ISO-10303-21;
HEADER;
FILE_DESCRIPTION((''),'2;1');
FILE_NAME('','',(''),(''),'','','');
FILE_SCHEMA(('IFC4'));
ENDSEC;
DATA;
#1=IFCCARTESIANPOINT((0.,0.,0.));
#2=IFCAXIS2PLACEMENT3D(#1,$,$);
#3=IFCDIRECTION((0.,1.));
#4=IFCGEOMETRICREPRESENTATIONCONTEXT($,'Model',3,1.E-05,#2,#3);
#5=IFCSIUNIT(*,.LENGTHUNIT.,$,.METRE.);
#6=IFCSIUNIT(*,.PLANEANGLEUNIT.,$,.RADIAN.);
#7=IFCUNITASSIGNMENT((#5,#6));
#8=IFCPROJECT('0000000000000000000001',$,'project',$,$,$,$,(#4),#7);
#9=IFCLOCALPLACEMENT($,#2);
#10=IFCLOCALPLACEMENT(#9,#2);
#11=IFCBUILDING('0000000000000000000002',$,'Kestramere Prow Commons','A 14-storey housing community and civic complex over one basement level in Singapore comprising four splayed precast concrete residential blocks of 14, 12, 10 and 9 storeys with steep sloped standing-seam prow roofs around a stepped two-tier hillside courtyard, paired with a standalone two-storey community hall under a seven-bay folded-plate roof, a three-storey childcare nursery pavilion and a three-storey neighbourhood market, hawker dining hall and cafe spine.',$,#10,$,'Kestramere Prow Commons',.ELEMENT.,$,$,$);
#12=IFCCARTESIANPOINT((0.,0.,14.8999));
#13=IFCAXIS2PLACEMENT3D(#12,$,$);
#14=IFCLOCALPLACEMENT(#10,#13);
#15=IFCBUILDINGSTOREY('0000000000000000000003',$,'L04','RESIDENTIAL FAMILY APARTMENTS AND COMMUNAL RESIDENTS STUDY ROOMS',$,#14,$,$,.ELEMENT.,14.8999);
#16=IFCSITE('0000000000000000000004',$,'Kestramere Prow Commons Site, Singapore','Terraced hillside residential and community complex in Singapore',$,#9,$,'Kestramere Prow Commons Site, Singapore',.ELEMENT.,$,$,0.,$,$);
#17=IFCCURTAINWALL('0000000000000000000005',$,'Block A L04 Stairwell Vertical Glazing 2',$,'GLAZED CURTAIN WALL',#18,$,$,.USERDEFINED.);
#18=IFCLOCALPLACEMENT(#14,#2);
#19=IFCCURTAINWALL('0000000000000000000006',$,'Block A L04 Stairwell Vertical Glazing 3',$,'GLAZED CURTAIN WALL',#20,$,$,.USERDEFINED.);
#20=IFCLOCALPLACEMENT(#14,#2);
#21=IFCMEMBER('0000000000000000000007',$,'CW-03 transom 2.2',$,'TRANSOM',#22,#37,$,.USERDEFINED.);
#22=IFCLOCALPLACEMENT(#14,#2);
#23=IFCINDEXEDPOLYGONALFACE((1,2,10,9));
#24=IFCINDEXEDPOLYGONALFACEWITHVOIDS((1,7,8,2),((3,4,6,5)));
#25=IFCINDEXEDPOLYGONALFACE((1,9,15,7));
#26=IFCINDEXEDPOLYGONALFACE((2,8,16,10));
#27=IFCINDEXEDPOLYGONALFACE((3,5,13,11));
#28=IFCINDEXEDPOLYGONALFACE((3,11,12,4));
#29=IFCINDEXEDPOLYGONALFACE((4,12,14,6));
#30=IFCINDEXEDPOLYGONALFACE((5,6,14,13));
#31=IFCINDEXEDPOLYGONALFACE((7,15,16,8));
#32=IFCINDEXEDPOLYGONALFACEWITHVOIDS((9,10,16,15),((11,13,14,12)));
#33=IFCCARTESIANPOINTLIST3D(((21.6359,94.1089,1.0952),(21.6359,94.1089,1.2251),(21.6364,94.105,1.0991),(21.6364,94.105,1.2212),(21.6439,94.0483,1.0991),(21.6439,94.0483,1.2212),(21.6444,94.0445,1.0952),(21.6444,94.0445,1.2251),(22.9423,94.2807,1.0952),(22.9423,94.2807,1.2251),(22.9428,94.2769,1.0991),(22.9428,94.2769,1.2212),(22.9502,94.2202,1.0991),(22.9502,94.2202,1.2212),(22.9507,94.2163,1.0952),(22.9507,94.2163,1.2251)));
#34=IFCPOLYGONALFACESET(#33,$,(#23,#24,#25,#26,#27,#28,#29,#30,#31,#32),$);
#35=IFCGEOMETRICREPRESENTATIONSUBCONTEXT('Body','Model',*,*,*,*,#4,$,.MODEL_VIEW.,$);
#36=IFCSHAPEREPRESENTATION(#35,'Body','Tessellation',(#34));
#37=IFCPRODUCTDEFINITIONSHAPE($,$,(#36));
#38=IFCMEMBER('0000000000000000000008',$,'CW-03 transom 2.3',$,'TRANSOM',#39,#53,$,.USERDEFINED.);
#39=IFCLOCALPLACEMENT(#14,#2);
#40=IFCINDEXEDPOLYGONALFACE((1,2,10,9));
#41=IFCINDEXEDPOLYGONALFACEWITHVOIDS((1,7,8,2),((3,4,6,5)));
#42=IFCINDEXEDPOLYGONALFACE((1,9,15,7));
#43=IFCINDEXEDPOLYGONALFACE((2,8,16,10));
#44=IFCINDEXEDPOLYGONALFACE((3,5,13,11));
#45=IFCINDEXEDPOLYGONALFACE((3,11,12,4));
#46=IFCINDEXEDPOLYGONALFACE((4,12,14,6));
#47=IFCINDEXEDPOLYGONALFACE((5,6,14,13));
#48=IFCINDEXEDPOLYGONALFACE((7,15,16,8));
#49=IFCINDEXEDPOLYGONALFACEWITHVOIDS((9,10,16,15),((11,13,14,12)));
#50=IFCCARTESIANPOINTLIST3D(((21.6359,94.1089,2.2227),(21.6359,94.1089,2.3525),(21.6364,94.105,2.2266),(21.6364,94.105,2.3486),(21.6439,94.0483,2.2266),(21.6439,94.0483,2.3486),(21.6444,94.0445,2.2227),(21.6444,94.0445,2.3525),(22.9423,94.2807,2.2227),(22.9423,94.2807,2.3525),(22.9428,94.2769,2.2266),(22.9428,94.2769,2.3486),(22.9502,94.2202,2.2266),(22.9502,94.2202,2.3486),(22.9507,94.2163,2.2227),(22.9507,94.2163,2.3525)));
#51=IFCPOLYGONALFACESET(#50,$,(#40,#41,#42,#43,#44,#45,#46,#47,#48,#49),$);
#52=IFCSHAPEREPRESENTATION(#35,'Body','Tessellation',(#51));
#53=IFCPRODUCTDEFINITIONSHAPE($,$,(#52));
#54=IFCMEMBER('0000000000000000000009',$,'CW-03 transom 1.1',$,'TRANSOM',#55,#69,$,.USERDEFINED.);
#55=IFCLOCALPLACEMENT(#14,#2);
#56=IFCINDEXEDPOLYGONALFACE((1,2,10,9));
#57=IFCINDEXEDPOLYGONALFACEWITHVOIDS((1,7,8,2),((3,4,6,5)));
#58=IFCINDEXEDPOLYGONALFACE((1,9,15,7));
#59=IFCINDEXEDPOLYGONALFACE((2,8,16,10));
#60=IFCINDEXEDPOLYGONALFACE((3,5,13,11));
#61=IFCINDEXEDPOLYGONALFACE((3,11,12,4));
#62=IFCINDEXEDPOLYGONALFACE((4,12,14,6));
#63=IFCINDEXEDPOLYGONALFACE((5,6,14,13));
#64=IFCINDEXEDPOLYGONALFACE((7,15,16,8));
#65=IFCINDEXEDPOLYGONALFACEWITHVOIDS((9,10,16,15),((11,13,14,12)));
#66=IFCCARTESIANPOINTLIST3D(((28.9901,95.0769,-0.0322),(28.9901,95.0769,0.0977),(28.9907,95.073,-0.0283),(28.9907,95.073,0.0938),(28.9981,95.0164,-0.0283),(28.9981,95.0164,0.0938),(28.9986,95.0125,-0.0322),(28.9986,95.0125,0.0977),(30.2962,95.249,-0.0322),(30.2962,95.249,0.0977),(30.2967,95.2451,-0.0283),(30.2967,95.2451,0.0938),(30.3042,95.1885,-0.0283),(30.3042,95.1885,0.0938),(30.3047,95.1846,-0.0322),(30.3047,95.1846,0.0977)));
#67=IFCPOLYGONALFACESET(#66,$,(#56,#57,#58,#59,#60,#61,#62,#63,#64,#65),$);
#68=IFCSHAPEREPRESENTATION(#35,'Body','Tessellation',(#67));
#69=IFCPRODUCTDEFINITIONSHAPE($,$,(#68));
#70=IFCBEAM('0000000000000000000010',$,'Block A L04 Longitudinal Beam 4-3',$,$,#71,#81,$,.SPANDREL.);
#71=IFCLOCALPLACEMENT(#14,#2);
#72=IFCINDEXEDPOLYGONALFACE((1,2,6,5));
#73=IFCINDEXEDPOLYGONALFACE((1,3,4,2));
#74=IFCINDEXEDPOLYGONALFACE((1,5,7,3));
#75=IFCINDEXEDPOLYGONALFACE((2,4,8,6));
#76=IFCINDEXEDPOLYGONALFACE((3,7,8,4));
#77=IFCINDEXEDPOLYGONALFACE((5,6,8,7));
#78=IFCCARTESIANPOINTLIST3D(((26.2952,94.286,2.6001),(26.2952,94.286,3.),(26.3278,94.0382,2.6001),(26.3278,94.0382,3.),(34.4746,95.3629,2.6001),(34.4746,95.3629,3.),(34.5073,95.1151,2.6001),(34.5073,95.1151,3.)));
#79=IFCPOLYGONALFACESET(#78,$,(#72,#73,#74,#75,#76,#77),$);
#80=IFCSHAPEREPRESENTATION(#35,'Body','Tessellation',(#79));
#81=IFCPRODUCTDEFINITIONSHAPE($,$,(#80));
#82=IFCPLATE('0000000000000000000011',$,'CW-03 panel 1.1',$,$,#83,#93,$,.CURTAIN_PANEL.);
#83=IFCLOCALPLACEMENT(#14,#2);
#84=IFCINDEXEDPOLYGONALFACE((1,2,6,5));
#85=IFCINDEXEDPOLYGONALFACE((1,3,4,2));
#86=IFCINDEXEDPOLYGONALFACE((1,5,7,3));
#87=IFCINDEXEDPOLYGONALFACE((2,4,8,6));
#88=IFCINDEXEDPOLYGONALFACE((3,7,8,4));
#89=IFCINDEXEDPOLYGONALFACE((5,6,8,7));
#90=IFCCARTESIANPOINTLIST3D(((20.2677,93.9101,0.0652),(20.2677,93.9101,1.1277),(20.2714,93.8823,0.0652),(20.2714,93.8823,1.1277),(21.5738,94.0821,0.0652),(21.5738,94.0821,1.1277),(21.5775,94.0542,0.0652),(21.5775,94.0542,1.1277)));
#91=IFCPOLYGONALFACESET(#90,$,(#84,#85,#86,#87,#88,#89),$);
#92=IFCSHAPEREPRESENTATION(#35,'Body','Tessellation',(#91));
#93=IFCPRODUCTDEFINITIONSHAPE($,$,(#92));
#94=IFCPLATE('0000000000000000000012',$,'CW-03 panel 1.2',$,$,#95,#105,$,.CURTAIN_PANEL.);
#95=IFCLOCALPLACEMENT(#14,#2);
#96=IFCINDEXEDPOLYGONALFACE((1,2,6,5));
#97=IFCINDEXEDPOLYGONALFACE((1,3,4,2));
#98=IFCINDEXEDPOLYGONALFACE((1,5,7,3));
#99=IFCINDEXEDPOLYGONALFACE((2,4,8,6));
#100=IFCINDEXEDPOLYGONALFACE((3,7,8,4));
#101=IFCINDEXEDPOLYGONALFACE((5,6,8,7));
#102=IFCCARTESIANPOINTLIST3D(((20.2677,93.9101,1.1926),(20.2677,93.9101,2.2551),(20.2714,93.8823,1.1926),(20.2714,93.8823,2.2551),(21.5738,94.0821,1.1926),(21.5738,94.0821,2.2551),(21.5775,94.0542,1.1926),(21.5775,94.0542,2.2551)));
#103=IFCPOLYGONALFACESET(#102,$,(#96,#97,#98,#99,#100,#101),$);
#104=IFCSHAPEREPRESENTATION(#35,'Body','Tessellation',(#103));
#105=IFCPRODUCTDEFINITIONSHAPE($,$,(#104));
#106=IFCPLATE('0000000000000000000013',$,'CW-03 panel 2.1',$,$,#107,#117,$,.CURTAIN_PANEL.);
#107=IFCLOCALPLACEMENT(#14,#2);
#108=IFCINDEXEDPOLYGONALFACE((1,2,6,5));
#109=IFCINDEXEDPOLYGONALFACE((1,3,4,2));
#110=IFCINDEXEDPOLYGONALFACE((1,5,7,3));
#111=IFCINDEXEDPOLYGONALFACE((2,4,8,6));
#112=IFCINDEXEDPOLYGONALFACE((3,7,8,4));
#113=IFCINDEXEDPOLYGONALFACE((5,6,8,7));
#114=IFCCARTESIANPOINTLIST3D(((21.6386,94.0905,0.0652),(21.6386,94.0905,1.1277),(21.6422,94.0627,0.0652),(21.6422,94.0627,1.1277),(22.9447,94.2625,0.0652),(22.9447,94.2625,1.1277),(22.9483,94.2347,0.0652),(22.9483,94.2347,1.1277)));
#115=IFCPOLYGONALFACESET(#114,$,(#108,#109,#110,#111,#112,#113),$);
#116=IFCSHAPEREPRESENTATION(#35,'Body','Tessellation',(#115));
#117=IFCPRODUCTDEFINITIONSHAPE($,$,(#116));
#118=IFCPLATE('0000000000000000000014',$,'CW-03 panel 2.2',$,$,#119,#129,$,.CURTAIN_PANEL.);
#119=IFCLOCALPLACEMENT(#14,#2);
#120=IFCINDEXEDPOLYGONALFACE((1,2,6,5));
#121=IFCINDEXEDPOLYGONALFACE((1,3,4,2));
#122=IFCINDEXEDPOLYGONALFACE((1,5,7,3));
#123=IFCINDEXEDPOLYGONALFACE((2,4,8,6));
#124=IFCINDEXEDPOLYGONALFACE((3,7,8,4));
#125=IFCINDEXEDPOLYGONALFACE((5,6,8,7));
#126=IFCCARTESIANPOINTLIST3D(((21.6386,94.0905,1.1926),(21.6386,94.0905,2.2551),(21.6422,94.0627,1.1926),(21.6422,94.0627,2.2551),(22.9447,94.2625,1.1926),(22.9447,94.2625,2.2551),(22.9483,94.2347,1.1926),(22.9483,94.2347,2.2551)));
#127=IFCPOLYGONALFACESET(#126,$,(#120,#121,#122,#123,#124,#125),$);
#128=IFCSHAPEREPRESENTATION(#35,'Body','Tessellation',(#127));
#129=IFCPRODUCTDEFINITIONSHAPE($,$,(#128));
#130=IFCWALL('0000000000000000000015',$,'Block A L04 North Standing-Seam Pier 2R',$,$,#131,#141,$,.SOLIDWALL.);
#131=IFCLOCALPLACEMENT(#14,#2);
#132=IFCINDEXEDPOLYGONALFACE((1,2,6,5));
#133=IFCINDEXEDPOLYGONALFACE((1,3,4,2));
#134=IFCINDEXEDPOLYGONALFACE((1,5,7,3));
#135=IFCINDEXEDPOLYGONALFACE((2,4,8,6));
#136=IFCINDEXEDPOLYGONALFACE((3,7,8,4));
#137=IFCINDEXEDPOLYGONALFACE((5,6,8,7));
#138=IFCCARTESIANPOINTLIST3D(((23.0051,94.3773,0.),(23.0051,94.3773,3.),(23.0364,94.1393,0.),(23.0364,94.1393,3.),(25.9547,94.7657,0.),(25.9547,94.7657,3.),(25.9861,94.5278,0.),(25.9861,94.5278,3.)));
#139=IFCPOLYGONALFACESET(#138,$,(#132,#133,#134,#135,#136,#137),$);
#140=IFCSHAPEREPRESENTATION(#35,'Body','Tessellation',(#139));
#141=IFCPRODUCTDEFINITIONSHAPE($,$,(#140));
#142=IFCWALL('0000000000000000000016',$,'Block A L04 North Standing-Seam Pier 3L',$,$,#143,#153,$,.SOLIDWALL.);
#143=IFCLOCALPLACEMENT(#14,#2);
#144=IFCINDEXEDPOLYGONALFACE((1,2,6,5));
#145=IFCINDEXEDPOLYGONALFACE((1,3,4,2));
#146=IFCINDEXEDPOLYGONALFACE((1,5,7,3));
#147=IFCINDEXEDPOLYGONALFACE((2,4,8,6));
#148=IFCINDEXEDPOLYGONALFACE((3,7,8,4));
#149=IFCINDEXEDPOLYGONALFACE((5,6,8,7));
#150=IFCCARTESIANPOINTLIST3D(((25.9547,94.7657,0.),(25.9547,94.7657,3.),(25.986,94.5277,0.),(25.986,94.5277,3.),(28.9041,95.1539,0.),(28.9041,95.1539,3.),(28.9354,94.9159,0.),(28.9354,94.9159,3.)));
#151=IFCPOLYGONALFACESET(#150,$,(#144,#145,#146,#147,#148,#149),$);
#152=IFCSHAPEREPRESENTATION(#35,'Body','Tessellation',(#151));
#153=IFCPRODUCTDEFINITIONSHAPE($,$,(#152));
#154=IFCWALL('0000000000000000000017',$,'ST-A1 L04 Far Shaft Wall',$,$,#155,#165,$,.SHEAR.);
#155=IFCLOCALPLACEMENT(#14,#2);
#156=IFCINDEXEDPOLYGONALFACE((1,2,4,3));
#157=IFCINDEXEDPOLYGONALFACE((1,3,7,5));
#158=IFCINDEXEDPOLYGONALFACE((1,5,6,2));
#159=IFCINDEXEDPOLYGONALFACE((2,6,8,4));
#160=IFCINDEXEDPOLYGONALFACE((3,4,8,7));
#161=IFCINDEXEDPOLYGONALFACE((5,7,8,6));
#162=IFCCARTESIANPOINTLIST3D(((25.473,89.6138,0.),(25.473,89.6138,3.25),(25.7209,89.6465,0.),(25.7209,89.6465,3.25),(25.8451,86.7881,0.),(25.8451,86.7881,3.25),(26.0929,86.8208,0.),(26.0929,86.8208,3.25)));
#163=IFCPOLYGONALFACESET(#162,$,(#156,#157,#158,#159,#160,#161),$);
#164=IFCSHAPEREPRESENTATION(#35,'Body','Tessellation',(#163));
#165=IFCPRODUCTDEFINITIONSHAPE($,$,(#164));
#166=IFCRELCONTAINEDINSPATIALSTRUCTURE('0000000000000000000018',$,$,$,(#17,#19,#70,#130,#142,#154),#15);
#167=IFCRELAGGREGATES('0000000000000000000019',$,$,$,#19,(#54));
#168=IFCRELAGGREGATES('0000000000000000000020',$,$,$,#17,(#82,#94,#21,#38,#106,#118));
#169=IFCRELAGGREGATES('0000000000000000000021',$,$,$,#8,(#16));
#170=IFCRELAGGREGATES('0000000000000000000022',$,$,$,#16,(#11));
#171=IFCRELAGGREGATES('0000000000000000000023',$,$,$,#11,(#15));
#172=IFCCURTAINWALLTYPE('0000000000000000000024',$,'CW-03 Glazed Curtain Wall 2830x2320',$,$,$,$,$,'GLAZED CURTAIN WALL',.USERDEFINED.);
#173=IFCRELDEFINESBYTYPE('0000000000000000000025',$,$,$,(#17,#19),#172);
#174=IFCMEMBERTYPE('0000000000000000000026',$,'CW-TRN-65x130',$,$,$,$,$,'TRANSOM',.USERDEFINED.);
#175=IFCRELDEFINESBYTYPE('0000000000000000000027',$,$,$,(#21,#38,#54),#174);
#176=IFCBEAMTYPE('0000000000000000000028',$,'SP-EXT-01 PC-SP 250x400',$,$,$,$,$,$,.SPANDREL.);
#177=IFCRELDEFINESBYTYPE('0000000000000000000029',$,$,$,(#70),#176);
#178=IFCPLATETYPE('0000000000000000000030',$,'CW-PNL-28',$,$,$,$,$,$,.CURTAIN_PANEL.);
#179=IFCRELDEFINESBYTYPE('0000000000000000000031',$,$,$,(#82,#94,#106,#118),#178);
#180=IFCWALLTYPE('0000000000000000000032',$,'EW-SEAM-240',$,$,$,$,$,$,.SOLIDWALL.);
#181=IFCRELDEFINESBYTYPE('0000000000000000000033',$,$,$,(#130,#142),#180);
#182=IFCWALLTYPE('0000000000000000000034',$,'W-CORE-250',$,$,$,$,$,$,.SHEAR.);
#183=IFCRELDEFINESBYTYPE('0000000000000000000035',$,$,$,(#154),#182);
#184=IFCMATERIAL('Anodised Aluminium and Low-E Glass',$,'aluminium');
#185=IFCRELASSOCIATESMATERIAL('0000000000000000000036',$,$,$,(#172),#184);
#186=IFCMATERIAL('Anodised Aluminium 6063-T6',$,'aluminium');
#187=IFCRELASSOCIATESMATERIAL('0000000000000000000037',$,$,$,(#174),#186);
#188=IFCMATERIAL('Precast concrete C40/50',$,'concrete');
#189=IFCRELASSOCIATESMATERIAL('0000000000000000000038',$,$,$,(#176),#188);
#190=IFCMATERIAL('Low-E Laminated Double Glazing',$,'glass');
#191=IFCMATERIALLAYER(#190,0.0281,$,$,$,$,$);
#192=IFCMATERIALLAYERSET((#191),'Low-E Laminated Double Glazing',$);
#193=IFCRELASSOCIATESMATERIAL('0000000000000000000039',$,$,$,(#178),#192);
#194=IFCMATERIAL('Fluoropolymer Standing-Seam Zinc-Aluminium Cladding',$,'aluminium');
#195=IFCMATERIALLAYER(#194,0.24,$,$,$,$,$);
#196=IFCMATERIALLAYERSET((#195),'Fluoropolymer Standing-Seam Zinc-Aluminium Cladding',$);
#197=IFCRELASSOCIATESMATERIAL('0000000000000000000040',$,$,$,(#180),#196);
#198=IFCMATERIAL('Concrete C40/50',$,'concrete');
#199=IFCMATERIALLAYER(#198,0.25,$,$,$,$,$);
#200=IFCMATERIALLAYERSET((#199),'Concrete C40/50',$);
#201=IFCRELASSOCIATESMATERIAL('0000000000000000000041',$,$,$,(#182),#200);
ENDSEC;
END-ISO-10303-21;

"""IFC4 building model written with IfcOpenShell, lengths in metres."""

from ifc_helpers import new_model, si_unit, direction, frame, frame_2d, origin, origin_2d, place, context, subcontext, project, spatial, rectangle, hollow_rectangle, extrude, material, layer, layer_set, material_profile, profile_set, type_object, element, aggregate, save


model = new_model("IFC4")

# Units and contexts
model_context = context("Model", 3, precision=1e-05, world=origin(), true_north=direction((0.0, 1.0)))
body_context = subcontext(model_context, "Body", "Model", "MODEL_VIEW")
ifc_project = project(units=[si_unit("LENGTHUNIT", "METRE"), si_unit("PLANEANGLEUNIT", "RADIAN")], contexts=[model_context])

# Site, building, storey
site_placement = place(None, origin())
site = spatial("IfcSite", under=ifc_project, at=site_placement, Name="Kestramere Prow Commons Site, Singapore", Description="Terraced hillside residential and community complex in Singapore", LongName="Kestramere Prow Commons Site, Singapore", CompositionType="ELEMENT", RefElevation=0.0)
building_placement = place(site_placement, origin())
building = spatial("IfcBuilding", under=site, at=building_placement, Name="Kestramere Prow Commons", Description="A 14-storey housing community and civic complex over one basement level in Singapore comprising four splayed precast concrete residential blocks of 14, 12, 10 and 9 storeys with steep sloped standing-seam prow roofs around a stepped two-tier hillside courtyard, paired with a standalone two-storey community hall under a seven-bay folded-plate roof, a three-storey childcare nursery pavilion and a three-storey neighbourhood market, hawker dining hall and cafe spine.", LongName="Kestramere Prow Commons", CompositionType="ELEMENT")
storey_placement = place(building_placement, frame((0.0, 0.0, 14.8999)))
storey = spatial("IfcBuildingStorey", under=building, at=storey_placement, Name="L04", Description="RESIDENTIAL FAMILY APARTMENTS AND COMMUNAL RESIDENTS STUDY ROOMS", CompositionType="ELEMENT", Elevation=14.8999)

# Shared definitions
ifc_material_1 = material(Name="Precast concrete C40/50", Category="concrete")

# Shared definitions
ifc_material_2 = material(Name="Concrete C40/50", Category="concrete")

# Curtain wall
ifc_material_3 = material(Name="Anodised Aluminium and Low-E Glass", Category="aluminium")
curtain_wall_type = type_object("IfcCurtainWallType", Name="CW-03 Glazed Curtain Wall 2830x2320", ElementType="GLAZED CURTAIN WALL", PredefinedType="USERDEFINED", material=ifc_material_3)
curtain_wall_1_placement = place(storey_placement, origin())
curtain_wall_1 = element("IfcCurtainWall", 1, at=curtain_wall_1_placement, inside=storey, type_object=curtain_wall_type, Name="Block A L04 Stairwell Vertical Glazing 2", ObjectType="GLAZED CURTAIN WALL", PredefinedType="USERDEFINED")
ifc_material_4 = material(Name="Anodised Aluminium 6063-T6", Category="aluminium")

# Curtain wall
curtain_wall_2_placement = place(storey_placement, origin())
curtain_wall_2 = element("IfcCurtainWall", 2, at=curtain_wall_2_placement, inside=storey, type_object=curtain_wall_type, Name="Block A L04 Stairwell Vertical Glazing 3", ObjectType="GLAZED CURTAIN WALL", PredefinedType="USERDEFINED")

# Members
ifc_material_profile_1 = material_profile(ifc_material_4, hollow_rectangle(XDim=0.0649, YDim=0.1299, WallThickness=0.0039, at=origin_2d()), Name="ALU-TRN 65x130")
ifc_profile_set_1 = profile_set([ifc_material_profile_1], Name="Anodised Aluminium 6063-T6")
member_type_1 = type_object("IfcMemberType", Name="CW-TRN-65x130", ElementType="TRANSOM", PredefinedType="USERDEFINED", material=ifc_profile_set_1)
member_1_placement = place(storey_placement, frame((21.6401, 94.0767, 1.1602), z_axis=(0.991456, 0.13044, 0.0), x_axis=(-0.13044, 0.991456, 0.0)))
member_1 = element("IfcMember", 3, at=member_1_placement, type_object=member_type_1, Name="CW-03 transom 2.2", ObjectType="TRANSOM", PredefinedType="USERDEFINED", context=body_context, shape_type="SweptSolid", body=[
    extrude(hollow_rectangle(XDim=0.0649, YDim=0.1299, WallThickness=0.0039, at=origin_2d()), origin(), (0.0, 0.0, 1.0), 1.3176),
])
member_2_placement = place(storey_placement, frame((21.6401, 94.0767, 2.2876), z_axis=(0.991456, 0.13044, 0.0), x_axis=(-0.13044, 0.991456, 0.0)))
member_2 = element("IfcMember", 4, at=member_2_placement, type_object=member_type_1, Name="CW-03 transom 2.3", ObjectType="TRANSOM", PredefinedType="USERDEFINED", context=body_context, shape_type="SweptSolid", body=[
    extrude(hollow_rectangle(XDim=0.0649, YDim=0.1299, WallThickness=0.0039, at=origin_2d()), origin(), (0.0, 0.0, 1.0), 1.3176),
])
member_3_placement = place(storey_placement, frame((28.9944, 95.0447, 0.0327), z_axis=(0.991429, 0.130646, 0.0), x_axis=(-0.130646, 0.991429, 0.0)))
member_3 = element("IfcMember", 5, at=member_3_placement, type_object=member_type_1, Name="CW-03 transom 1.1", ObjectType="TRANSOM", PredefinedType="USERDEFINED", context=body_context, shape_type="SweptSolid", body=[
    extrude(hollow_rectangle(XDim=0.0649, YDim=0.1299, WallThickness=0.0039, at=origin_2d()), origin(), (0.0, 0.0, 1.0), 1.3174),
])
aggregate(curtain_wall_2, [member_3])

# Beam
ifc_material_profile_2 = material_profile(ifc_material_1, rectangle(XDim=0.25, YDim=0.3999, at=origin_2d()), Name="PC-SP 250x400")
ifc_profile_set_2 = profile_set([ifc_material_profile_2], Name="Precast concrete C40/50")
beam_type_1 = type_object("IfcBeamType", Name="SP-EXT-01 PC-SP 250x400", PredefinedType="SPANDREL", material=ifc_profile_set_2)
beam_1_placement = place(storey_placement, frame((26.3115, 94.1621, 2.8), z_axis=(0.991444, 0.130533, 0.0), x_axis=(-0.130533, 0.991444, 0.0)))
element("IfcBeam", 6, at=beam_1_placement, inside=storey, type_object=beam_type_1, Name="Block A L04 Longitudinal Beam 4-3", PredefinedType="SPANDREL", context=body_context, shape_type="SweptSolid", body=[
    extrude(rectangle(XDim=0.25, YDim=0.3999, at=origin_2d()), origin(), (0.0, 0.0, 1.0), 8.25),
])

# Plates
ifc_material_5 = material(Name="Low-E Laminated Double Glazing", Category="glass")
ifc_layer_1 = layer(ifc_material_5, 0.0281)
ifc_layer_set_1 = layer_set([ifc_layer_1], Name="Low-E Laminated Double Glazing")
plate_type = type_object("IfcPlateType", Name="CW-PNL-28", PredefinedType="CURTAIN_PANEL", material=ifc_layer_set_1)
plate_1_placement = place(storey_placement, frame((20.9226, 93.9822, 0.0652), z_axis=(0.0, 0.0, 1.0), x_axis=(0.991445, 0.130526, 0.0)))
plate_1 = element("IfcPlate", 7, at=plate_1_placement, type_object=plate_type, Name="CW-03 panel 1.1", PredefinedType="CURTAIN_PANEL", context=body_context, shape_type="SweptSolid", body=[
    extrude(rectangle(XDim=1.3174, YDim=0.0281, at=origin_2d()), origin(), (0.0, 0.0, 1.0), 1.0625),
])
plate_2_placement = place(storey_placement, frame((20.9226, 93.9822, 1.1926), z_axis=(0.0, 0.0, 1.0), x_axis=(0.991445, 0.130526, 0.0)))
plate_2 = element("IfcPlate", 8, at=plate_2_placement, type_object=plate_type, Name="CW-03 panel 1.2", PredefinedType="CURTAIN_PANEL", context=body_context, shape_type="SweptSolid", body=[
    extrude(rectangle(XDim=1.3174, YDim=0.0281, at=origin_2d()), origin(), (0.0, 0.0, 1.0), 1.0625),
])
plate_3_placement = place(storey_placement, frame((22.2935, 94.1626, 0.0652), z_axis=(0.0, 0.0, 1.0), x_axis=(0.991445, 0.130526, 0.0)))
plate_3 = element("IfcPlate", 9, at=plate_3_placement, type_object=plate_type, Name="CW-03 panel 2.1", PredefinedType="CURTAIN_PANEL", context=body_context, shape_type="SweptSolid", body=[
    extrude(rectangle(XDim=1.3174, YDim=0.0281, at=origin_2d()), origin(), (0.0, 0.0, 1.0), 1.0625),
])
plate_4_placement = place(storey_placement, frame((22.2935, 94.1626, 1.1926), z_axis=(0.0, 0.0, 1.0), x_axis=(0.991445, 0.130526, 0.0)))
plate_4 = element("IfcPlate", 10, at=plate_4_placement, type_object=plate_type, Name="CW-03 panel 2.2", PredefinedType="CURTAIN_PANEL", context=body_context, shape_type="SweptSolid", body=[
    extrude(rectangle(XDim=1.3174, YDim=0.0281, at=origin_2d()), origin(), (0.0, 0.0, 1.0), 1.0625),
])
aggregate(curtain_wall_1, [plate_1, plate_2, member_1, member_2, plate_3, plate_4])

# Walls
ifc_material_6 = material(Name="Fluoropolymer Standing-Seam Zinc-Aluminium Cladding", Category="aluminium")
ifc_layer_2 = layer(ifc_material_6, 0.24)
ifc_layer_set_2 = layer_set([ifc_layer_2], Name="Fluoropolymer Standing-Seam Zinc-Aluminium Cladding")
wall_type_1 = type_object("IfcWallType", Name="EW-SEAM-240", PredefinedType="SOLIDWALL", material=ifc_layer_set_2)
wall_1_placement = place(storey_placement, frame((23.0208, 94.2583, 0.0), z_axis=(0.0, 0.0, 1.0), x_axis=(0.991441, 0.130556, 0.0)))
element("IfcWall", 11, at=wall_1_placement, inside=storey, type_object=wall_type_1, Name="Block A L04 North Standing-Seam Pier 2R", PredefinedType="SOLIDWALL", context=body_context, shape_type="SweptSolid", body=[
    extrude(rectangle(XDim=2.9751, YDim=0.24, at=frame_2d((1.4875, 0.0))), origin(), (0.0, 0.0, 1.0), 3.0),
])
wall_2_placement = place(storey_placement, frame((25.9705, 94.6467, 0.0), z_axis=(0.0, 0.0, 1.0), x_axis=(0.99145, 0.130486, 0.0)))
element("IfcWall", 12, at=wall_2_placement, inside=storey, type_object=wall_type_1, Name="Block A L04 North Standing-Seam Pier 3L", PredefinedType="SOLIDWALL", context=body_context, shape_type="SweptSolid", body=[
    extrude(rectangle(XDim=2.9749, YDim=0.24, at=frame_2d((1.4873, 0.0))), origin(), (0.0, 0.0, 1.0), 3.0),
])
ifc_layer_3 = layer(ifc_material_2, 0.25)
ifc_layer_set_3 = layer_set([ifc_layer_3], Name="Concrete C40/50")
wall_type_2 = type_object("IfcWallType", Name="W-CORE-250", PredefinedType="SHEAR", material=ifc_layer_set_3)
wall_3_placement = place(storey_placement, frame((25.969, 86.8044, 0.0), z_axis=(0.0, 0.0, 1.0), x_axis=(-0.130548, 0.991442, 0.0)))
element("IfcWall", 13, at=wall_3_placement, inside=storey, type_object=wall_type_2, Name="ST-A1 L04 Far Shaft Wall", PredefinedType="SHEAR", context=body_context, shape_type="SweptSolid", body=[
    extrude(rectangle(XDim=2.8501, YDim=0.25, at=frame_2d((1.425, 0.0))), origin(), (0.0, 0.0, 1.0), 3.25),
])

save(model, "model.ifc")
